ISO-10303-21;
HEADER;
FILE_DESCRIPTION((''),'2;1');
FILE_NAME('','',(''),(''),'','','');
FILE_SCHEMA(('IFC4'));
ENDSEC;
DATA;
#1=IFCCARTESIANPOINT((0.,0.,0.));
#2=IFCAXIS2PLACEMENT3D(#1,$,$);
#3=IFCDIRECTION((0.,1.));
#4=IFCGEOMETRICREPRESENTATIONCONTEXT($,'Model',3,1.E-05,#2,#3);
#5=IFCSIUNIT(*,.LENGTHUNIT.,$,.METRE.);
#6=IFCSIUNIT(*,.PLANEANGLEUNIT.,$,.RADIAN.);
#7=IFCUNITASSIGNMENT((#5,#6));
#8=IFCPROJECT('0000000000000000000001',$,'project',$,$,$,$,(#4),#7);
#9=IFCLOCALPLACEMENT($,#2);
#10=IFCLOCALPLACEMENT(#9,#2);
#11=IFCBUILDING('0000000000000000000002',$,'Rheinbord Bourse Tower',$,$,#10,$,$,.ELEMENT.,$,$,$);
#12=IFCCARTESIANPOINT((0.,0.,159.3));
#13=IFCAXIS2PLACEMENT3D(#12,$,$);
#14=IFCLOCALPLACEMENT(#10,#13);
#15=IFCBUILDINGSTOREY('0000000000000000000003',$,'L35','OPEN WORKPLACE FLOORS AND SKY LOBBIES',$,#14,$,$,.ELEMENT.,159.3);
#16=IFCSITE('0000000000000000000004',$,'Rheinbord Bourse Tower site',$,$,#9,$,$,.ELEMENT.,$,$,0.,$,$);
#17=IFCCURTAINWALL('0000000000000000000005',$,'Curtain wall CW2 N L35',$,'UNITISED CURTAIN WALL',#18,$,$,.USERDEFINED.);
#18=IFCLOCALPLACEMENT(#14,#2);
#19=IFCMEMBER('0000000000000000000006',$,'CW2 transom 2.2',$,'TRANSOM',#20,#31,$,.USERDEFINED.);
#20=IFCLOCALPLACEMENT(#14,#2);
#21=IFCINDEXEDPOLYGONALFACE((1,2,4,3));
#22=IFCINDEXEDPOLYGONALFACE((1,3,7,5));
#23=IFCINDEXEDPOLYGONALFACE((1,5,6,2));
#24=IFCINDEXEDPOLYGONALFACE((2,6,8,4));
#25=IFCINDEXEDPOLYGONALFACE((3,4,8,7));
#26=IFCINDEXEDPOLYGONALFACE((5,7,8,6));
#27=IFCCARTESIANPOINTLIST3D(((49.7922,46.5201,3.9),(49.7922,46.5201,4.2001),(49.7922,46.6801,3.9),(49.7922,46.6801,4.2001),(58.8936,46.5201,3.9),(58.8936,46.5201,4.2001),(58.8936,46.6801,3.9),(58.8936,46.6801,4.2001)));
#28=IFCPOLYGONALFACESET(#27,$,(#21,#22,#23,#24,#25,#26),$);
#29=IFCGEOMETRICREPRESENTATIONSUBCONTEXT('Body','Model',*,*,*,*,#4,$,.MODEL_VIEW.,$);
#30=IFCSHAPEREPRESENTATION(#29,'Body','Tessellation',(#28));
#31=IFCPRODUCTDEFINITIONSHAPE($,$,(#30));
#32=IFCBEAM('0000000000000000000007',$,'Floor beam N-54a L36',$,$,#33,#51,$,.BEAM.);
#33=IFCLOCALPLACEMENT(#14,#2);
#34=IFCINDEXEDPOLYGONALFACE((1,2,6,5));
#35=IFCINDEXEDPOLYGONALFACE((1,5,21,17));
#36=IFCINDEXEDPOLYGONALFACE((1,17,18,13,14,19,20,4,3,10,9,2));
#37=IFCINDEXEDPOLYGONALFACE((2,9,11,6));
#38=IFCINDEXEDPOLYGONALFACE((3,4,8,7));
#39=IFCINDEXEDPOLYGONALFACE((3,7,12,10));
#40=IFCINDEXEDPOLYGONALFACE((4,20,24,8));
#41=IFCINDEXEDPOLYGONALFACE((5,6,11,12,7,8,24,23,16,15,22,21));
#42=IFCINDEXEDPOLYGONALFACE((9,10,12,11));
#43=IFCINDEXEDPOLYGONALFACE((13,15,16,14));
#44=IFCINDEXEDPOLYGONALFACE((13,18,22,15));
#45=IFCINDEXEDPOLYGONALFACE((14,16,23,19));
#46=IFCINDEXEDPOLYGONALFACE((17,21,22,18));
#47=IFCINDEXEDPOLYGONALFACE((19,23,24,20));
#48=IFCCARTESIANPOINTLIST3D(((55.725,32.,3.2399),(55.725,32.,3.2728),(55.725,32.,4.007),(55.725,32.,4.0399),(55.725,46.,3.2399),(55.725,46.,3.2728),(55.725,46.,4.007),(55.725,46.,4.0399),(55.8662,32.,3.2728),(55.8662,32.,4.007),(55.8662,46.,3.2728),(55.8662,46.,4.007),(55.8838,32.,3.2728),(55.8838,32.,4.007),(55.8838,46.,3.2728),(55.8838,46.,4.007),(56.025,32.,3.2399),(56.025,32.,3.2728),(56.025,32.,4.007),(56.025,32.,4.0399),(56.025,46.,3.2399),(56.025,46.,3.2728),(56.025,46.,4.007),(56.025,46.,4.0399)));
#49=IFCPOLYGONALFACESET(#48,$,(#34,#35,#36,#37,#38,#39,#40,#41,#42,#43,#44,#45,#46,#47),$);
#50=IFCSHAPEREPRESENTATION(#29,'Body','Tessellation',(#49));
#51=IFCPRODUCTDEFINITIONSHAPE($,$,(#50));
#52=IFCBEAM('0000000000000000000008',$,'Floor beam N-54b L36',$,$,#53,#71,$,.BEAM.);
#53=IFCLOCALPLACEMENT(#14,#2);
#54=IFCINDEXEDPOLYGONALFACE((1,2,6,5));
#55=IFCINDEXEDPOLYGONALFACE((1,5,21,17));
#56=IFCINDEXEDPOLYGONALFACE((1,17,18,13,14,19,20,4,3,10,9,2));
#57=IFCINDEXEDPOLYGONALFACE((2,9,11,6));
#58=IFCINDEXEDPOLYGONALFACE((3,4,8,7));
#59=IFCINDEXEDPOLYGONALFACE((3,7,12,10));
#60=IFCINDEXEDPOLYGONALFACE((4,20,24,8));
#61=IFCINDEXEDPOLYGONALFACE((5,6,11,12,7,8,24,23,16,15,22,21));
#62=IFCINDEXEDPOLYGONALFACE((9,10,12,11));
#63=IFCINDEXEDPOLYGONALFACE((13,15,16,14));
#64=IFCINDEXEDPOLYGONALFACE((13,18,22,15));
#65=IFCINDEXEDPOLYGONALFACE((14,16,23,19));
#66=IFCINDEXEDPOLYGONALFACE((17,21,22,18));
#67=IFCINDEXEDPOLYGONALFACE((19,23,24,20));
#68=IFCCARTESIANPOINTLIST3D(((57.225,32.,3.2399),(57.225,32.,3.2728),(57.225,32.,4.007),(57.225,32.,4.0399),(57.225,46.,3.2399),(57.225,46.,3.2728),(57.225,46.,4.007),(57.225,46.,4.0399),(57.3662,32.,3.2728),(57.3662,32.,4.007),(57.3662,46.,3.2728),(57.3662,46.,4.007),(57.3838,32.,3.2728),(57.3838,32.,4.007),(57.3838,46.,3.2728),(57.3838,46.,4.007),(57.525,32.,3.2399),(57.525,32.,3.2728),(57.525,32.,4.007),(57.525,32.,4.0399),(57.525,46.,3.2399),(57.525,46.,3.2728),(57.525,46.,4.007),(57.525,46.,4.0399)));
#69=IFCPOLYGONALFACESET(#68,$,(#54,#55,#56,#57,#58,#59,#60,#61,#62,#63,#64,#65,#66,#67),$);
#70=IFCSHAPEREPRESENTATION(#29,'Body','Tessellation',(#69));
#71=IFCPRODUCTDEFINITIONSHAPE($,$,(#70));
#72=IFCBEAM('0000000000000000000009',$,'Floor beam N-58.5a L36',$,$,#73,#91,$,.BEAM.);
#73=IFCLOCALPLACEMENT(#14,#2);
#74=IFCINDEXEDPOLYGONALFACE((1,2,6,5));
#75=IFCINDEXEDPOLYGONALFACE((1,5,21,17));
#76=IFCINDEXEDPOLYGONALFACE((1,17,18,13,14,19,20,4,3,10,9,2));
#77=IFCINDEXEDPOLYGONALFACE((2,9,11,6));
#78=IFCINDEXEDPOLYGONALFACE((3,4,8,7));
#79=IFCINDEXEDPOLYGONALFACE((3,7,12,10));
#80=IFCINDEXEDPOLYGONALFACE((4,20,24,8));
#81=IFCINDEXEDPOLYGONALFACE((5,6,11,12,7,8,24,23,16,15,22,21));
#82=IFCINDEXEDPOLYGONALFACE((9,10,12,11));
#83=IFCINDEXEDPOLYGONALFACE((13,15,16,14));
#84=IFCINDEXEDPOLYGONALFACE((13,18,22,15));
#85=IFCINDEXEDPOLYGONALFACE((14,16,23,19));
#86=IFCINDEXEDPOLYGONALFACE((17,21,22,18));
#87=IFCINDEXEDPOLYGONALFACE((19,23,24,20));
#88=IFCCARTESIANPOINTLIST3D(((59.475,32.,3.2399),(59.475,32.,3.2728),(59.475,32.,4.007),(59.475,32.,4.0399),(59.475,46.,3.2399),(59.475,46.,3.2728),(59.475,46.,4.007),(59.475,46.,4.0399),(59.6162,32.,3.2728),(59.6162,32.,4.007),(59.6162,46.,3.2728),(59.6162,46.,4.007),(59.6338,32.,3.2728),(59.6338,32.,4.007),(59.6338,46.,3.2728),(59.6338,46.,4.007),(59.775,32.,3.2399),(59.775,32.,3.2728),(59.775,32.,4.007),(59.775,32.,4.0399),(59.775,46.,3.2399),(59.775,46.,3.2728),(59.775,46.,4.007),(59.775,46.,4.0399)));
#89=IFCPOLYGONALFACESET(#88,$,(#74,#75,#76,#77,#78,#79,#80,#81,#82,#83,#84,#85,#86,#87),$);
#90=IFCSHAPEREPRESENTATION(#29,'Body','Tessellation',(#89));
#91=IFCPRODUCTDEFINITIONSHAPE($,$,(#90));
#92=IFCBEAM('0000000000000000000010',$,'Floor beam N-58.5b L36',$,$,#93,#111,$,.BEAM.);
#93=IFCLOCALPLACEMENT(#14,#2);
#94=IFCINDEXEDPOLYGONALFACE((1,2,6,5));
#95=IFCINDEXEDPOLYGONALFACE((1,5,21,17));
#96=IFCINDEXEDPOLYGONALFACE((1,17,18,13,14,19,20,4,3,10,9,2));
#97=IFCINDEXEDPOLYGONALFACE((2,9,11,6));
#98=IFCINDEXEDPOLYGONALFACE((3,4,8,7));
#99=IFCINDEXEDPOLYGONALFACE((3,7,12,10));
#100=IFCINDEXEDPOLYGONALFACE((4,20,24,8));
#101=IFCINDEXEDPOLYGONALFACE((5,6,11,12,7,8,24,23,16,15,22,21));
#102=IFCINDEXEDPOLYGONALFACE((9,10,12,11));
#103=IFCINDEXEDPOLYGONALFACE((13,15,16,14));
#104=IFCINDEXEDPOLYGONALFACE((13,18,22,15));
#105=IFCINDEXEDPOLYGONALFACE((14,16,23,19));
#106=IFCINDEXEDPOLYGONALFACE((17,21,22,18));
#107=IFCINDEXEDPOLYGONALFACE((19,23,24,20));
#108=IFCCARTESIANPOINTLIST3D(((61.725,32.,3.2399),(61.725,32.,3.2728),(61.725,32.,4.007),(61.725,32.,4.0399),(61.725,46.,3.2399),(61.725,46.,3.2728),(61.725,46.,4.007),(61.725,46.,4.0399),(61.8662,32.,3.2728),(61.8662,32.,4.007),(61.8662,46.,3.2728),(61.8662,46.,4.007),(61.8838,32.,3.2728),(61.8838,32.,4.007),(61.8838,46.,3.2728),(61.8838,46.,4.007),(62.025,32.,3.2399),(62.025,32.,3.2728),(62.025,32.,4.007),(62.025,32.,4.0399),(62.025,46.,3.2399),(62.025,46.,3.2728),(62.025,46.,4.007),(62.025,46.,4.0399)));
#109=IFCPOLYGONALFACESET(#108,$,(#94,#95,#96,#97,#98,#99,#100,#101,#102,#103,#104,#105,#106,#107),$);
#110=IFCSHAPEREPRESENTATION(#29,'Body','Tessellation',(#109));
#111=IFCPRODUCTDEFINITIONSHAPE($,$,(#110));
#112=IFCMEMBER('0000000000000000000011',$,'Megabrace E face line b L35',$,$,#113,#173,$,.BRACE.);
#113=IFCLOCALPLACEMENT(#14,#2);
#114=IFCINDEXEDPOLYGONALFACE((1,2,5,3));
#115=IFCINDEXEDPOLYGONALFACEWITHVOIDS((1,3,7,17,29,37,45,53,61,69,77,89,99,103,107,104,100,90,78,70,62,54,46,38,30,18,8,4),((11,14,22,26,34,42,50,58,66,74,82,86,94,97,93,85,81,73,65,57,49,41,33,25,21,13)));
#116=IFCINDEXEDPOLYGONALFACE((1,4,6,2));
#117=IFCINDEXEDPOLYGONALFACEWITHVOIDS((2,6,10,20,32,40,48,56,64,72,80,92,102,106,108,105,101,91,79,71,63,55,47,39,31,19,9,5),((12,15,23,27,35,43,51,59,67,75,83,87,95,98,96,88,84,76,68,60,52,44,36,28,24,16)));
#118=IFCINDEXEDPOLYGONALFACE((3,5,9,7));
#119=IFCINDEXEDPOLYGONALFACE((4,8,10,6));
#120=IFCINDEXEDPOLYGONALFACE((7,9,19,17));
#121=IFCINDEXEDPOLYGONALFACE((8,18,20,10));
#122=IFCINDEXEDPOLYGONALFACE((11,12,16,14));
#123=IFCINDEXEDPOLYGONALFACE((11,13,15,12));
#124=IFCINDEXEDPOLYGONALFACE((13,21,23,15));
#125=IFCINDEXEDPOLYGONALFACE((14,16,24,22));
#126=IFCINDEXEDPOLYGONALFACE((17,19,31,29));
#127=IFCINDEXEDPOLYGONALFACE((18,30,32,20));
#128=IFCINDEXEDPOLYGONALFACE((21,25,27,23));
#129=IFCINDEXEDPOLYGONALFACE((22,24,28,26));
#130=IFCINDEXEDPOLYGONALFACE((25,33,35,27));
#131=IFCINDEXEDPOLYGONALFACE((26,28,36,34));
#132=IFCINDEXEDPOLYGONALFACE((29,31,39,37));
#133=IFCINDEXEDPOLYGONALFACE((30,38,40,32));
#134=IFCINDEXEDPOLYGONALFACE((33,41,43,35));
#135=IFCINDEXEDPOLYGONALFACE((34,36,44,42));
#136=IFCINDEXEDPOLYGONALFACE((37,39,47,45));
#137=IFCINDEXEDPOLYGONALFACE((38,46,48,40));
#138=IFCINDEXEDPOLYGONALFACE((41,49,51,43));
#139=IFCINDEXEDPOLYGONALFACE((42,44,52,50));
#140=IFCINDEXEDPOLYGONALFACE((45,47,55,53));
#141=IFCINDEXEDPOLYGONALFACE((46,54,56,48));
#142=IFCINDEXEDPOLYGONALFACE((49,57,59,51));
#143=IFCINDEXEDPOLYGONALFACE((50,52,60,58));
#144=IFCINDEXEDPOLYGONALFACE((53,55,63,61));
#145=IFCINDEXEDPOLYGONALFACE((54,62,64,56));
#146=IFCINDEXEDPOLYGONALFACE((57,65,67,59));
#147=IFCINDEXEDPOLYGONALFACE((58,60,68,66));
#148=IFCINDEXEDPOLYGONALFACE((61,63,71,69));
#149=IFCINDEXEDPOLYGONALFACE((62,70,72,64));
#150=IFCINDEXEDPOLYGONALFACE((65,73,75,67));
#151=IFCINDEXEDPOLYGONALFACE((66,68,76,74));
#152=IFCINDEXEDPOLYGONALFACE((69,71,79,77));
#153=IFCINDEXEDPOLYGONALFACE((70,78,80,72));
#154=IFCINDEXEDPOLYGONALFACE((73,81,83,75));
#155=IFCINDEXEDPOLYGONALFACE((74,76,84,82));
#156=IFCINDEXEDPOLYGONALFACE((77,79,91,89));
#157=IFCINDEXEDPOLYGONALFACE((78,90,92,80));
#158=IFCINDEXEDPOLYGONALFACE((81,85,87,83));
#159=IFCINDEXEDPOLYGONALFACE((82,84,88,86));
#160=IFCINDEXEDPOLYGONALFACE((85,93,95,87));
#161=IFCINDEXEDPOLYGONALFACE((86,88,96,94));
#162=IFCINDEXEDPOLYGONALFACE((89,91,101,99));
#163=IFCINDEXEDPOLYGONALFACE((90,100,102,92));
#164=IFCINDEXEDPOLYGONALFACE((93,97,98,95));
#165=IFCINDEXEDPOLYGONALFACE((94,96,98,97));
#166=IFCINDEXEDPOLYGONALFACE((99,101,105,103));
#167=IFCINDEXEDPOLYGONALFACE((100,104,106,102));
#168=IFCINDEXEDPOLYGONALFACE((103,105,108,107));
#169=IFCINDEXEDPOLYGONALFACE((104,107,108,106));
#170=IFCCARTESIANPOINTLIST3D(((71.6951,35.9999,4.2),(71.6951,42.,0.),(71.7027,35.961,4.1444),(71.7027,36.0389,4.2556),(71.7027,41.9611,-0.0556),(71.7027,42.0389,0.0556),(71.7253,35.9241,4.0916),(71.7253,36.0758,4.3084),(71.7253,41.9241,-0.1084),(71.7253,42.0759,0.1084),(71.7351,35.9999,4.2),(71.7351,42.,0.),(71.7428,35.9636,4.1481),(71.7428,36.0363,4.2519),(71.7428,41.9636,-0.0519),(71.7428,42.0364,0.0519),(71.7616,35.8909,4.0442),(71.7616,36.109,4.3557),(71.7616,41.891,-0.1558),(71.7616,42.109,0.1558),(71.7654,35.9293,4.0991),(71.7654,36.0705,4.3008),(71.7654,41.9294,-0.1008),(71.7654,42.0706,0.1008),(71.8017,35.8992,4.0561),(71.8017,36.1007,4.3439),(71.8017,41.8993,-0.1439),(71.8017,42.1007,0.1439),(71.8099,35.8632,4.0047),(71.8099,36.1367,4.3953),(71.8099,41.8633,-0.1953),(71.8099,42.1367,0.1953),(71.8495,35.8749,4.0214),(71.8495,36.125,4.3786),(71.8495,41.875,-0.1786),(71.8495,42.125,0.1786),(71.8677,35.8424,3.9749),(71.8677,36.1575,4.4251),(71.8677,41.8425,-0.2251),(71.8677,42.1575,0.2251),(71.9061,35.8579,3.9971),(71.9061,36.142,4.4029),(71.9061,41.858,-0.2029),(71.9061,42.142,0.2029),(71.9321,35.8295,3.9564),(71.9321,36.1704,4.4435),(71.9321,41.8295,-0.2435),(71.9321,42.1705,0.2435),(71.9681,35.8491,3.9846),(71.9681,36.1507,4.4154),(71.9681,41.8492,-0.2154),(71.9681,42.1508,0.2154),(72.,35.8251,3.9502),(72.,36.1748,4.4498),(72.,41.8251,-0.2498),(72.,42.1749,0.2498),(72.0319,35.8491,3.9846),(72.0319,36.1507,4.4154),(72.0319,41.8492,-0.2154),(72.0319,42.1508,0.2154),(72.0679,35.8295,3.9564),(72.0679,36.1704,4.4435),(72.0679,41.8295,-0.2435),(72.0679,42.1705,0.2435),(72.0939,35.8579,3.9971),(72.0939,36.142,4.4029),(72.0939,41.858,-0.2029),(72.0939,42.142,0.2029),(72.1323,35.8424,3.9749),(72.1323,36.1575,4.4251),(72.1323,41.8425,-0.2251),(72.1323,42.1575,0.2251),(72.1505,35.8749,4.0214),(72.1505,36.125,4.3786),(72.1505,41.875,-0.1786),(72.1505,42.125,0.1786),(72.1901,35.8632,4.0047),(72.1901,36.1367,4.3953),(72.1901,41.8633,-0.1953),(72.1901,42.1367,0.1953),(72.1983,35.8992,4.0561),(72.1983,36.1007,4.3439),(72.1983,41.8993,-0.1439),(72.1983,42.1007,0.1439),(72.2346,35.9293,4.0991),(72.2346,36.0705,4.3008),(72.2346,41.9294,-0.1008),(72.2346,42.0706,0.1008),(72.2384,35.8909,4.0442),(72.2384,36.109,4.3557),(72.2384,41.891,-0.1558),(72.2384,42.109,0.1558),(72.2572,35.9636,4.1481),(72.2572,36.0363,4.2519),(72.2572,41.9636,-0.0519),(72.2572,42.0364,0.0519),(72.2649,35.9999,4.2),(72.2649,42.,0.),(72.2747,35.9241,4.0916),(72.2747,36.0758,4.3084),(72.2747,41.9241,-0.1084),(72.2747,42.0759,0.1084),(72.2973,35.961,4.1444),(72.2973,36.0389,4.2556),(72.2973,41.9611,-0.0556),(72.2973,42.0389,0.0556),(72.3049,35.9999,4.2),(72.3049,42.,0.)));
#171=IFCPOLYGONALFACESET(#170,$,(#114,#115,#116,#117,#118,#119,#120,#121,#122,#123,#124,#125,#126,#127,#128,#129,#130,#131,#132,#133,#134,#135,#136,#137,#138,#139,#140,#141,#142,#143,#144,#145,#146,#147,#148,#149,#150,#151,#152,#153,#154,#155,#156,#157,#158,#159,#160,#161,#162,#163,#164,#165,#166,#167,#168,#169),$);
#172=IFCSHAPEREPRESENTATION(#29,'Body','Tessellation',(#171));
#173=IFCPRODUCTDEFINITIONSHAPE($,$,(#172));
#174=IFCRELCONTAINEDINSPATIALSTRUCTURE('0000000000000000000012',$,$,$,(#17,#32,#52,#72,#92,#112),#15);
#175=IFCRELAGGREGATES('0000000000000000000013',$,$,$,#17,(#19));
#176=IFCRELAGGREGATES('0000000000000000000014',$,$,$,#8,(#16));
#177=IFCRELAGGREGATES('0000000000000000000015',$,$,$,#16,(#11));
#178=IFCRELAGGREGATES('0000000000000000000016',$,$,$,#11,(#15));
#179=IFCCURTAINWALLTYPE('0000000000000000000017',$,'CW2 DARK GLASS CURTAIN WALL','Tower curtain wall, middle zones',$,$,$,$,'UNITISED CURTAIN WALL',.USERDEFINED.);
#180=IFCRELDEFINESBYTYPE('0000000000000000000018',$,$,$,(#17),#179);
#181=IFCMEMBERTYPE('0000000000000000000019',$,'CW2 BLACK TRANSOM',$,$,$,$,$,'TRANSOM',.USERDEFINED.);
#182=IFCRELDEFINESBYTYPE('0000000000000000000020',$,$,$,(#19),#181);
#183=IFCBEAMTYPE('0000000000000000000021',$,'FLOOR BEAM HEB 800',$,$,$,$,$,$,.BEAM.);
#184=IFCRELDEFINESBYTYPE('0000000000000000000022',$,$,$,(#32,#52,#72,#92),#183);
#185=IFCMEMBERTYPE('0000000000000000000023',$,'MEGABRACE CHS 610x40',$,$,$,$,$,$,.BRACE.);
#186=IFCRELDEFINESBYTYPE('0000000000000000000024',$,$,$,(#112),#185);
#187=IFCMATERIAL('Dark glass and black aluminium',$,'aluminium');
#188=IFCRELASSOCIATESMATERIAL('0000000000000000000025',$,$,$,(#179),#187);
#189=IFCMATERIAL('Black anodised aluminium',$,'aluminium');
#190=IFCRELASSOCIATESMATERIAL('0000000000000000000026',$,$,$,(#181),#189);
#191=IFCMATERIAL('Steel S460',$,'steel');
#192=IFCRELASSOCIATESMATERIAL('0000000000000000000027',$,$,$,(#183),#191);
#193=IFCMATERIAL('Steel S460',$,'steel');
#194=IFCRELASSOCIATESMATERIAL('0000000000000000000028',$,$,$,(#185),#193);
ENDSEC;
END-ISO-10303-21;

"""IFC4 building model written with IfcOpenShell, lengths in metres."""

from ifc_helpers import new_model, si_unit, direction, frame, origin, origin_2d, place, context, subcontext, project, spatial, rectangle, hollow_circle, i_section, extrude, material, material_profile, profile_set, type_object, element, aggregate, save


model = new_model("IFC4")

# Units and contexts
model_context = context("Model", 3, precision=1e-05, world=origin(), true_north=direction((0.0, 1.0)))
body_context = subcontext(model_context, "Body", "Model", "MODEL_VIEW")
ifc_project = project(units=[si_unit("LENGTHUNIT", "METRE"), si_unit("PLANEANGLEUNIT", "RADIAN")], contexts=[model_context])

# Site, building, storey
site_placement = place(None, origin())
site = spatial("IfcSite", under=ifc_project, at=site_placement, Name="Rheinbord Bourse Tower site", CompositionType="ELEMENT", RefElevation=0.0)
building_placement = place(site_placement, origin())
building = spatial("IfcBuilding", under=site, at=building_placement, Name="Rheinbord Bourse Tower", CompositionType="ELEMENT")
storey_placement = place(building_placement, frame((0.0, 0.0, 159.3)))
storey = spatial("IfcBuildingStorey", under=building, at=storey_placement, Name="L35", Description="OPEN WORKPLACE FLOORS AND SKY LOBBIES", CompositionType="ELEMENT", Elevation=159.3)

# Curtain wall
ifc_material_1 = material(Name="Dark glass and black aluminium", Category="aluminium")
curtain_wall_type = type_object("IfcCurtainWallType", Name="CW2 DARK GLASS CURTAIN WALL", Description="Tower curtain wall, middle zones", ElementType="UNITISED CURTAIN WALL", PredefinedType="USERDEFINED", material=ifc_material_1)
curtain_wall_1_placement = place(storey_placement, origin())
curtain_wall_1 = element("IfcCurtainWall", 1, at=curtain_wall_1_placement, inside=storey, type_object=curtain_wall_type, Name="Curtain wall CW2 N L35", ObjectType="UNITISED CURTAIN WALL", PredefinedType="USERDEFINED")

# Member
ifc_material_2 = material(Name="Black anodised aluminium", Category="aluminium")
ifc_material_profile_1 = material_profile(ifc_material_2, rectangle(XDim=0.1599, YDim=0.3, at=origin_2d()), Name="CW2 TRANSOM 300x160")
ifc_profile_set_1 = profile_set([ifc_material_profile_1], Name="Black anodised aluminium")
member_type_1 = type_object("IfcMemberType", Name="CW2 BLACK TRANSOM", ElementType="TRANSOM", PredefinedType="USERDEFINED", material=ifc_profile_set_1)
member_1_placement = place(storey_placement, frame((58.8936, 46.6001, 4.05), z_axis=(-1.0, 0.0, 0.0), x_axis=(0.0, -1.0, 0.0)))
member_1 = element("IfcMember", 2, at=member_1_placement, type_object=member_type_1, Name="CW2 transom 2.2", ObjectType="TRANSOM", PredefinedType="USERDEFINED", context=body_context, shape_type="SweptSolid", body=[
    extrude(rectangle(XDim=0.1599, YDim=0.3, at=origin_2d()), origin(), (0.0, 0.0, 1.0), 9.1013),
])

# Beams
ifc_material_3 = material(Name="Steel S460", Category="steel")
ifc_material_profile_2 = material_profile(ifc_material_3, i_section(OverallWidth=0.3, OverallDepth=0.8, WebThickness=0.0176, FlangeThickness=0.033, at=origin_2d()), Name="HEB 800")
ifc_profile_set_2 = profile_set([ifc_material_profile_2], Name="Steel S460")
beam_type_1 = type_object("IfcBeamType", Name="FLOOR BEAM HEB 800", PredefinedType="BEAM", material=ifc_profile_set_2)
for number, where, z_axis, x_axis, name in (
    (3, (55.875, 46.0, 3.6399), (0.0, -1.0, 0.0), (1.0, 0.0, 0.0), "Floor beam N-54a L36"),
    (4, (57.375, 46.0, 3.6399), (0.0, -1.0, 0.0), (1.0, 0.0, 0.0), "Floor beam N-54b L36"),
    (5, (59.625, 46.0, 3.6399), (0.0, -1.0, 0.0), (1.0, 0.0, 0.0), "Floor beam N-58.5a L36"),
    (6, (61.875, 46.0, 3.6399), (0.0, -1.0, 0.0), (1.0, 0.0, 0.0), "Floor beam N-58.5b L36"),
):
    element("IfcBeam", number, at=place(storey_placement, frame(where, z_axis=z_axis, x_axis=x_axis)), inside=storey, type_object=beam_type_1, Name=name, PredefinedType="BEAM", context=body_context, shape_type="SweptSolid", body=[
        extrude(i_section(OverallWidth=0.3, OverallDepth=0.8, WebThickness=0.0176, FlangeThickness=0.033, at=origin_2d()), origin(), (0.0, 0.0, 1.0), 14.0),
    ])

# Member
ifc_material_4 = material(Name="Steel S460", Category="steel")
ifc_material_profile_3 = material_profile(ifc_material_4, hollow_circle(Radius=0.3049, WallThickness=0.04, at=origin_2d()), Name="CHS 610x40")
ifc_profile_set_3 = profile_set([ifc_material_profile_3], Name="Steel S460")
member_type_2 = type_object("IfcMemberType", Name="MEGABRACE CHS 610x40", PredefinedType="BRACE", material=ifc_profile_set_3)
member_2_placement = place(storey_placement, frame((72.0, 42.0, 0.0), z_axis=(0.0, -0.819235, 0.573458), x_axis=(1.0, 0.0, 0.0)))
element("IfcMember", 7, at=member_2_placement, inside=storey, type_object=member_type_2, Name="Megabrace E face line b L35", PredefinedType="BRACE", context=body_context, shape_type="SweptSolid", body=[
    extrude(hollow_circle(Radius=0.3049, WallThickness=0.04, at=origin_2d()), origin(), (0.0, 0.0, 1.0), 7.324),
])

aggregate(curtain_wall_1, [member_1])

save(model, "model.ifc")
